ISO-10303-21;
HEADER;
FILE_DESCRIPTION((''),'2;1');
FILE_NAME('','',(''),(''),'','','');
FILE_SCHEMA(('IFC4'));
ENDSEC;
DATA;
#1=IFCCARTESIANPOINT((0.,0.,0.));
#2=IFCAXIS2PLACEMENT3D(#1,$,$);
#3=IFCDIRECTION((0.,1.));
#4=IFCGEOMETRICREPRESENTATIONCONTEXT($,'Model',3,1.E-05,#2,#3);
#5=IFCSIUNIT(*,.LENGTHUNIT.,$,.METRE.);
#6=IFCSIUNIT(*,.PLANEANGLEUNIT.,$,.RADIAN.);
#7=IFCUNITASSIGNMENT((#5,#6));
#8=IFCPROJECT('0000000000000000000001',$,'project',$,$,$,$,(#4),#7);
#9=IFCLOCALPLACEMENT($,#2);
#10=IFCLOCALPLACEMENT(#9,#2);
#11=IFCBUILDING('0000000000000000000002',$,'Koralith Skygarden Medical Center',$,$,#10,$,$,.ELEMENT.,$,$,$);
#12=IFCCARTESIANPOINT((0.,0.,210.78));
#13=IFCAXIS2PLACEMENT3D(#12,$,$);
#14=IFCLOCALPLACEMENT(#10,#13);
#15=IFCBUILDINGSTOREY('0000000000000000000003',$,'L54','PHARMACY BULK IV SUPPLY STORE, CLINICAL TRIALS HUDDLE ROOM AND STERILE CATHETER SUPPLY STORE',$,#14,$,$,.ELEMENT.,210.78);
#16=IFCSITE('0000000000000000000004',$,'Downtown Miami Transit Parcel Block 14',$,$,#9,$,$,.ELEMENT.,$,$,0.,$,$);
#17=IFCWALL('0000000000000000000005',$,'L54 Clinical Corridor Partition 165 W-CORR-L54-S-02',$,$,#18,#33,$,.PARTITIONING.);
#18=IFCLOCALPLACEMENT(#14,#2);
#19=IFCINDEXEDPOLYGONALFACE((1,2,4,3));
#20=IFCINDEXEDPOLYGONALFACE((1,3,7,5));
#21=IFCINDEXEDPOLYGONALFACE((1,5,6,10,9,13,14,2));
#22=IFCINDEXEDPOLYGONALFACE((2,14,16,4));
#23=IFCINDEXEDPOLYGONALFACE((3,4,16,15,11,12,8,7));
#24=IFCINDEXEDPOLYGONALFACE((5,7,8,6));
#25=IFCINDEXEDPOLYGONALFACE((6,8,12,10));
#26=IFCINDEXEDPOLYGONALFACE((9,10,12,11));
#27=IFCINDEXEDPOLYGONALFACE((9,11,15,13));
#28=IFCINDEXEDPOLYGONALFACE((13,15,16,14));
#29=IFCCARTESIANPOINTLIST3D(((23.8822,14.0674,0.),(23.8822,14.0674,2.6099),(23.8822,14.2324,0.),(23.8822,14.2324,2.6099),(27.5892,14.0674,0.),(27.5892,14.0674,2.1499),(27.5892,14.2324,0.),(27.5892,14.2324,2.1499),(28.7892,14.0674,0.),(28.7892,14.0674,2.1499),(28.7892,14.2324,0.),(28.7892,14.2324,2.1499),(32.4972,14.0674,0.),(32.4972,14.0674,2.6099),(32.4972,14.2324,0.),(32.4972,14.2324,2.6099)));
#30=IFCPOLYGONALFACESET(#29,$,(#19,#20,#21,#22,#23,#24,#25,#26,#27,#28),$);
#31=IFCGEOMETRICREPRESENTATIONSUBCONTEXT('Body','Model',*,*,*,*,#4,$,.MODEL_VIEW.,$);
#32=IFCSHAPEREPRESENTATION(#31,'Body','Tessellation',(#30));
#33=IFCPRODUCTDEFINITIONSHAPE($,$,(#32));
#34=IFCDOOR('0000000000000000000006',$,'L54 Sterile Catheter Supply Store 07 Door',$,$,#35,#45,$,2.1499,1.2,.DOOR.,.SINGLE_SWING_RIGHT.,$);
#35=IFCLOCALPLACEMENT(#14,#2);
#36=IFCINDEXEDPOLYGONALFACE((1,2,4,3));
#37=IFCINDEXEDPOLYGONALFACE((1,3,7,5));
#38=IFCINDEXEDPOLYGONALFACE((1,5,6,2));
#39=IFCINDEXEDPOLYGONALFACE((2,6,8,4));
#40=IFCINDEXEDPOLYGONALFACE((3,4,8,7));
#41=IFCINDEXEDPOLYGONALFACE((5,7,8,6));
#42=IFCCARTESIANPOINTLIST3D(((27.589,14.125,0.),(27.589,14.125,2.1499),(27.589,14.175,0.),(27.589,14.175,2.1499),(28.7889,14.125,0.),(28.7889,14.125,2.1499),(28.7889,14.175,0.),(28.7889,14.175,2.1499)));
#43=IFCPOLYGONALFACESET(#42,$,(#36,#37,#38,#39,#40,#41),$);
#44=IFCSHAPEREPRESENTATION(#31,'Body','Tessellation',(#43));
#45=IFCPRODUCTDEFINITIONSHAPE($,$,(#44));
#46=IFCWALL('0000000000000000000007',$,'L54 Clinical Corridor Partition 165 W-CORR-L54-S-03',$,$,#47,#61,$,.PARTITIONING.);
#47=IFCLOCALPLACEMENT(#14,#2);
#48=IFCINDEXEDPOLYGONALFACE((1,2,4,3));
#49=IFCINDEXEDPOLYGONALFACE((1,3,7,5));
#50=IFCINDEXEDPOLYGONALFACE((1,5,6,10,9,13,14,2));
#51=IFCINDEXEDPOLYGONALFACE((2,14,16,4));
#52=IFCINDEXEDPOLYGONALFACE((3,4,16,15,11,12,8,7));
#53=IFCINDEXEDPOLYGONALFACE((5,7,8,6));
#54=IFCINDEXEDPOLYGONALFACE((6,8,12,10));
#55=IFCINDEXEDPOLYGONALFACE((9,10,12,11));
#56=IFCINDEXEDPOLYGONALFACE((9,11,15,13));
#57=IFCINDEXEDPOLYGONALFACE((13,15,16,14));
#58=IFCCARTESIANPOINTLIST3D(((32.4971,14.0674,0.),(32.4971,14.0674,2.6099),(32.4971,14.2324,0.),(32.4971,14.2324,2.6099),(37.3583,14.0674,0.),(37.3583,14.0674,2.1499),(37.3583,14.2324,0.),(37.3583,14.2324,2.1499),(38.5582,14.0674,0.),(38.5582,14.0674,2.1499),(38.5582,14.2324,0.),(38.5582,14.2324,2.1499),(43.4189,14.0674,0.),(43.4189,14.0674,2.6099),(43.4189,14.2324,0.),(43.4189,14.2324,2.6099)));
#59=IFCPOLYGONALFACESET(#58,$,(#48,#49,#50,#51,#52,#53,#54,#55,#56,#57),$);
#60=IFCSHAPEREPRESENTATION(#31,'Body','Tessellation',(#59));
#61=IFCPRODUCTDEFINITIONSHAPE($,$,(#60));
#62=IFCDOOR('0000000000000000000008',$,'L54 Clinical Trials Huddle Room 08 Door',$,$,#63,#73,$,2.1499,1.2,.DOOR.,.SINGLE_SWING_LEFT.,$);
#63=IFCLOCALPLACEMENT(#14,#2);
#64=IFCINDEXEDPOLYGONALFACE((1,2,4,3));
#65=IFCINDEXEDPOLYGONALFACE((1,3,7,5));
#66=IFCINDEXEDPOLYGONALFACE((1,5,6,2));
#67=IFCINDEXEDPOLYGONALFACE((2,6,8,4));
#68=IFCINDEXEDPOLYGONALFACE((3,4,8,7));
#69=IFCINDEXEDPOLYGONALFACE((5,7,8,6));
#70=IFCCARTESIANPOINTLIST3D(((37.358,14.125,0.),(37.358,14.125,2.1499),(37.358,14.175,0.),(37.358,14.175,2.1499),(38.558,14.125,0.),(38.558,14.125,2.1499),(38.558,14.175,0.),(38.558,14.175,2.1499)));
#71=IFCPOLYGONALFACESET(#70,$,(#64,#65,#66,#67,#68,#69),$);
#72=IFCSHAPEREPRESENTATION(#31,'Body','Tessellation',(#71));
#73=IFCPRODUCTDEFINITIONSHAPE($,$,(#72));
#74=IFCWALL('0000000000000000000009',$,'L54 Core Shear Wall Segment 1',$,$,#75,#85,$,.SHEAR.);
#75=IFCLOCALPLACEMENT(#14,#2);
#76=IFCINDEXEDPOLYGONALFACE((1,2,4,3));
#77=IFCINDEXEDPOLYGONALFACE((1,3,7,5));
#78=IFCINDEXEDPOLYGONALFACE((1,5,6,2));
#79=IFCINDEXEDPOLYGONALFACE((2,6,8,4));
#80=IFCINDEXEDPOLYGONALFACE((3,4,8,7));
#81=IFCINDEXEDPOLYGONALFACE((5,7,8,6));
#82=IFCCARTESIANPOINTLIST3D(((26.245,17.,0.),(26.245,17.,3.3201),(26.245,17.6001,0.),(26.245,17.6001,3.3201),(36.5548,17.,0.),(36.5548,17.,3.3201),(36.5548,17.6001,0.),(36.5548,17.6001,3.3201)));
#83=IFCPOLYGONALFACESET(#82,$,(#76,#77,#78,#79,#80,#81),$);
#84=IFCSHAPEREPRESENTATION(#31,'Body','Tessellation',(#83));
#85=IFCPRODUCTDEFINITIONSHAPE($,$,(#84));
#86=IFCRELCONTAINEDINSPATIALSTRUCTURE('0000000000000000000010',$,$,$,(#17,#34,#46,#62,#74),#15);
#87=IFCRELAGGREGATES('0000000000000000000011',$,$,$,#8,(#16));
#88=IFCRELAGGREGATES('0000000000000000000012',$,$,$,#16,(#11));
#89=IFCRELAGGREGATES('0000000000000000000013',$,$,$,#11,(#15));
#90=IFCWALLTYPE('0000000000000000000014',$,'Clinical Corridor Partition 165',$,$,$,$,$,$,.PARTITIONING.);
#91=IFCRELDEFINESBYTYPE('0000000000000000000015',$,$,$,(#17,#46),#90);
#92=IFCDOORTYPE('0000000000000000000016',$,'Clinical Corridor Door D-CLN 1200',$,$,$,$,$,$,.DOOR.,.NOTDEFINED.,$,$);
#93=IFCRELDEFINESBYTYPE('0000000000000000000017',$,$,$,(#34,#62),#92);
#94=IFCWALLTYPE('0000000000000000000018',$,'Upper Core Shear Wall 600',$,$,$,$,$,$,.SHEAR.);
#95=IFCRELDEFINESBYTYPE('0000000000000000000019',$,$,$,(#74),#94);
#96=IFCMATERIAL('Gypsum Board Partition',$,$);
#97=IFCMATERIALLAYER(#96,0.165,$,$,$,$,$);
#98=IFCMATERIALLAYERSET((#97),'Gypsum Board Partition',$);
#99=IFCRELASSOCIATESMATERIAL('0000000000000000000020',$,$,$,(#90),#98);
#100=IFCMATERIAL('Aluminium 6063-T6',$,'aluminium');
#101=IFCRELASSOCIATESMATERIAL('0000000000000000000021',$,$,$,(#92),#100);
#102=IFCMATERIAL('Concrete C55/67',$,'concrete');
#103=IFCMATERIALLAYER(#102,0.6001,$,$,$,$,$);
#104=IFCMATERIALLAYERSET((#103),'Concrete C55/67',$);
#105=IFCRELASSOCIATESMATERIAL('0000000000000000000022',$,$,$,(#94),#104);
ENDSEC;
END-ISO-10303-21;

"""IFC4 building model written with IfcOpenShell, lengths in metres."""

from ifc_helpers import new_model, si_unit, direction, frame, frame_2d, origin, place, context, subcontext, project, spatial, rectangle, extrude, material, layer, layer_set, type_object, element, fill, save


model = new_model("IFC4")

# Units and contexts
model_context = context("Model", 3, precision=1e-05, world=origin(), true_north=direction((0.0, 1.0)))
body_context = subcontext(model_context, "Body", "Model", "MODEL_VIEW")
ifc_project = project(units=[si_unit("LENGTHUNIT", "METRE"), si_unit("PLANEANGLEUNIT", "RADIAN")], contexts=[model_context])

# Site, building, storey
site_placement = place(None, origin())
site = spatial("IfcSite", under=ifc_project, at=site_placement, Name="Downtown Miami Transit Parcel Block 14", CompositionType="ELEMENT", RefElevation=0.0)
building_placement = place(site_placement, origin())
building = spatial("IfcBuilding", under=site, at=building_placement, Name="Koralith Skygarden Medical Center", CompositionType="ELEMENT")
storey_placement = place(building_placement, frame((0.0, 0.0, 210.78)))
storey = spatial("IfcBuildingStorey", under=building, at=storey_placement, Name="L54", Description="PHARMACY BULK IV SUPPLY STORE, CLINICAL TRIALS HUDDLE ROOM AND STERILE CATHETER SUPPLY STORE", CompositionType="ELEMENT", Elevation=210.78)

# Shared definitions
ifc_material_1 = material(Name="Concrete C55/67", Category="concrete")

# Shared definitions
ifc_material_2 = material(Name="Aluminium 6063-T6", Category="aluminium")

# Shared definitions
ifc_material_3 = material(Name="Gypsum Board Partition")

# Walls, openings, doors
ifc_layer_1 = layer(ifc_material_3, 0.165)
ifc_layer_set_1 = layer_set([ifc_layer_1], Name="Gypsum Board Partition")
wall_type_1 = type_object("IfcWallType", Name="Clinical Corridor Partition 165", PredefinedType="PARTITIONING", material=ifc_layer_set_1)
door_type = type_object("IfcDoorType", Name="Clinical Corridor Door D-CLN 1200", OperationType="NOTDEFINED", PredefinedType="DOOR", material=ifc_material_2)
wall_1_placement = place(storey_placement, frame((23.8821, 14.1499, 0.0), z_axis=(0.0, 0.0, 1.0), x_axis=(1.0, 0.0, 0.0)))
wall_1 = element("IfcWall", 1, at=wall_1_placement, inside=storey, type_object=wall_type_1, Name="L54 Clinical Corridor Partition 165 W-CORR-L54-S-02", PredefinedType="PARTITIONING", context=body_context, shape_type="SweptSolid", body=[
    extrude(rectangle(XDim=8.615, YDim=0.165, at=frame_2d((4.3076, 0.0))), origin(), (0.0, 0.0, 1.0), 2.6099),
])
opening_1_placement = place(wall_1_placement, frame((3.707, 0.0, 0.0)))
opening_1 = element("IfcOpeningElement", 2, at=opening_1_placement, cuts=wall_1, PredefinedType="OPENING", context=body_context, shape_type="SweptSolid", body=[
    extrude(rectangle(XDim=1.2, YDim=2.1499, at=frame_2d((0.6001, 1.075))), frame((0.0, 0.0925, 0.0), z_axis=(0.0, -1.0, 0.0), x_axis=(1.0, 0.0, 0.0)), (0.0, 0.0, 1.0), 0.1851),
])
door_1_placement = place(opening_1_placement, frame((1.2, 0.0, 0.0), z_axis=(0.0, 0.0, 1.0), x_axis=(-1.0, 0.0, 0.0)))
door_1 = element("IfcDoor", 3, at=door_1_placement, inside=storey, type_object=door_type, Name="L54 Sterile Catheter Supply Store 07 Door", OperationType="SINGLE_SWING_RIGHT", OverallHeight=2.1499, OverallWidth=1.2, PredefinedType="DOOR", context=body_context, shape_type="SweptSolid", body=[
    extrude(rectangle(XDim=1.2, YDim=2.1499, at=frame_2d((0.6001, 1.075))), frame((0.0, 0.0249, 0.0), z_axis=(0.0, -1.0, 0.0), x_axis=(1.0, 0.0, 0.0)), (0.0, 0.0, 1.0), 0.05),
])
fill(opening_1, door_1)
wall_2_placement = place(storey_placement, frame((32.4971, 14.1499, 0.0), z_axis=(0.0, 0.0, 1.0), x_axis=(1.0, 0.0, 0.0)))
wall_2 = element("IfcWall", 4, at=wall_2_placement, inside=storey, type_object=wall_type_1, Name="L54 Clinical Corridor Partition 165 W-CORR-L54-S-03", PredefinedType="PARTITIONING", context=body_context, shape_type="SweptSolid", body=[
    extrude(rectangle(XDim=10.9219, YDim=0.165, at=frame_2d((5.4609, 0.0))), origin(), (0.0, 0.0, 1.0), 2.6099),
])
opening_2_placement = place(wall_2_placement, frame((4.8611, 0.0, 0.0)))
opening_2 = element("IfcOpeningElement", 5, at=opening_2_placement, cuts=wall_2, PredefinedType="OPENING", context=body_context, shape_type="SweptSolid", body=[
    extrude(rectangle(XDim=1.2, YDim=2.1499, at=frame_2d((0.6001, 1.075))), frame((0.0, 0.0925, 0.0), z_axis=(0.0, -1.0, 0.0), x_axis=(1.0, 0.0, 0.0)), (0.0, 0.0, 1.0), 0.1851),
])
door_2_placement = place(opening_2_placement, frame((1.2, 0.0, 0.0), z_axis=(0.0, 0.0, 1.0), x_axis=(-1.0, 0.0, 0.0)))
door_2 = element("IfcDoor", 6, at=door_2_placement, inside=storey, type_object=door_type, Name="L54 Clinical Trials Huddle Room 08 Door", OperationType="SINGLE_SWING_LEFT", OverallHeight=2.1499, OverallWidth=1.2, PredefinedType="DOOR", context=body_context, shape_type="SweptSolid", body=[
    extrude(rectangle(XDim=1.2, YDim=2.1499, at=frame_2d((0.6001, 1.075))), frame((0.0, 0.0249, 0.0), z_axis=(0.0, -1.0, 0.0), x_axis=(1.0, 0.0, 0.0)), (0.0, 0.0, 1.0), 0.05),
])
fill(opening_2, door_2)

# Wall
ifc_layer_2 = layer(ifc_material_1, 0.6001)
ifc_layer_set_2 = layer_set([ifc_layer_2], Name="Concrete C55/67")
wall_type_2 = type_object("IfcWallType", Name="Upper Core Shear Wall 600", PredefinedType="SHEAR", material=ifc_layer_set_2)
wall_3_placement = place(storey_placement, frame((26.2451, 17.3, 0.0), z_axis=(0.0, 0.0, 1.0), x_axis=(1.0, 0.0, 0.0)))
element("IfcWall", 7, at=wall_3_placement, inside=storey, type_object=wall_type_2, Name="L54 Core Shear Wall Segment 1", PredefinedType="SHEAR", context=body_context, shape_type="SweptSolid", body=[
    extrude(rectangle(XDim=10.3098, YDim=0.6001, at=frame_2d((5.1548, 0.0))), origin(), (0.0, 0.0, 1.0), 3.3201),
])

save(model, "model.ifc")
